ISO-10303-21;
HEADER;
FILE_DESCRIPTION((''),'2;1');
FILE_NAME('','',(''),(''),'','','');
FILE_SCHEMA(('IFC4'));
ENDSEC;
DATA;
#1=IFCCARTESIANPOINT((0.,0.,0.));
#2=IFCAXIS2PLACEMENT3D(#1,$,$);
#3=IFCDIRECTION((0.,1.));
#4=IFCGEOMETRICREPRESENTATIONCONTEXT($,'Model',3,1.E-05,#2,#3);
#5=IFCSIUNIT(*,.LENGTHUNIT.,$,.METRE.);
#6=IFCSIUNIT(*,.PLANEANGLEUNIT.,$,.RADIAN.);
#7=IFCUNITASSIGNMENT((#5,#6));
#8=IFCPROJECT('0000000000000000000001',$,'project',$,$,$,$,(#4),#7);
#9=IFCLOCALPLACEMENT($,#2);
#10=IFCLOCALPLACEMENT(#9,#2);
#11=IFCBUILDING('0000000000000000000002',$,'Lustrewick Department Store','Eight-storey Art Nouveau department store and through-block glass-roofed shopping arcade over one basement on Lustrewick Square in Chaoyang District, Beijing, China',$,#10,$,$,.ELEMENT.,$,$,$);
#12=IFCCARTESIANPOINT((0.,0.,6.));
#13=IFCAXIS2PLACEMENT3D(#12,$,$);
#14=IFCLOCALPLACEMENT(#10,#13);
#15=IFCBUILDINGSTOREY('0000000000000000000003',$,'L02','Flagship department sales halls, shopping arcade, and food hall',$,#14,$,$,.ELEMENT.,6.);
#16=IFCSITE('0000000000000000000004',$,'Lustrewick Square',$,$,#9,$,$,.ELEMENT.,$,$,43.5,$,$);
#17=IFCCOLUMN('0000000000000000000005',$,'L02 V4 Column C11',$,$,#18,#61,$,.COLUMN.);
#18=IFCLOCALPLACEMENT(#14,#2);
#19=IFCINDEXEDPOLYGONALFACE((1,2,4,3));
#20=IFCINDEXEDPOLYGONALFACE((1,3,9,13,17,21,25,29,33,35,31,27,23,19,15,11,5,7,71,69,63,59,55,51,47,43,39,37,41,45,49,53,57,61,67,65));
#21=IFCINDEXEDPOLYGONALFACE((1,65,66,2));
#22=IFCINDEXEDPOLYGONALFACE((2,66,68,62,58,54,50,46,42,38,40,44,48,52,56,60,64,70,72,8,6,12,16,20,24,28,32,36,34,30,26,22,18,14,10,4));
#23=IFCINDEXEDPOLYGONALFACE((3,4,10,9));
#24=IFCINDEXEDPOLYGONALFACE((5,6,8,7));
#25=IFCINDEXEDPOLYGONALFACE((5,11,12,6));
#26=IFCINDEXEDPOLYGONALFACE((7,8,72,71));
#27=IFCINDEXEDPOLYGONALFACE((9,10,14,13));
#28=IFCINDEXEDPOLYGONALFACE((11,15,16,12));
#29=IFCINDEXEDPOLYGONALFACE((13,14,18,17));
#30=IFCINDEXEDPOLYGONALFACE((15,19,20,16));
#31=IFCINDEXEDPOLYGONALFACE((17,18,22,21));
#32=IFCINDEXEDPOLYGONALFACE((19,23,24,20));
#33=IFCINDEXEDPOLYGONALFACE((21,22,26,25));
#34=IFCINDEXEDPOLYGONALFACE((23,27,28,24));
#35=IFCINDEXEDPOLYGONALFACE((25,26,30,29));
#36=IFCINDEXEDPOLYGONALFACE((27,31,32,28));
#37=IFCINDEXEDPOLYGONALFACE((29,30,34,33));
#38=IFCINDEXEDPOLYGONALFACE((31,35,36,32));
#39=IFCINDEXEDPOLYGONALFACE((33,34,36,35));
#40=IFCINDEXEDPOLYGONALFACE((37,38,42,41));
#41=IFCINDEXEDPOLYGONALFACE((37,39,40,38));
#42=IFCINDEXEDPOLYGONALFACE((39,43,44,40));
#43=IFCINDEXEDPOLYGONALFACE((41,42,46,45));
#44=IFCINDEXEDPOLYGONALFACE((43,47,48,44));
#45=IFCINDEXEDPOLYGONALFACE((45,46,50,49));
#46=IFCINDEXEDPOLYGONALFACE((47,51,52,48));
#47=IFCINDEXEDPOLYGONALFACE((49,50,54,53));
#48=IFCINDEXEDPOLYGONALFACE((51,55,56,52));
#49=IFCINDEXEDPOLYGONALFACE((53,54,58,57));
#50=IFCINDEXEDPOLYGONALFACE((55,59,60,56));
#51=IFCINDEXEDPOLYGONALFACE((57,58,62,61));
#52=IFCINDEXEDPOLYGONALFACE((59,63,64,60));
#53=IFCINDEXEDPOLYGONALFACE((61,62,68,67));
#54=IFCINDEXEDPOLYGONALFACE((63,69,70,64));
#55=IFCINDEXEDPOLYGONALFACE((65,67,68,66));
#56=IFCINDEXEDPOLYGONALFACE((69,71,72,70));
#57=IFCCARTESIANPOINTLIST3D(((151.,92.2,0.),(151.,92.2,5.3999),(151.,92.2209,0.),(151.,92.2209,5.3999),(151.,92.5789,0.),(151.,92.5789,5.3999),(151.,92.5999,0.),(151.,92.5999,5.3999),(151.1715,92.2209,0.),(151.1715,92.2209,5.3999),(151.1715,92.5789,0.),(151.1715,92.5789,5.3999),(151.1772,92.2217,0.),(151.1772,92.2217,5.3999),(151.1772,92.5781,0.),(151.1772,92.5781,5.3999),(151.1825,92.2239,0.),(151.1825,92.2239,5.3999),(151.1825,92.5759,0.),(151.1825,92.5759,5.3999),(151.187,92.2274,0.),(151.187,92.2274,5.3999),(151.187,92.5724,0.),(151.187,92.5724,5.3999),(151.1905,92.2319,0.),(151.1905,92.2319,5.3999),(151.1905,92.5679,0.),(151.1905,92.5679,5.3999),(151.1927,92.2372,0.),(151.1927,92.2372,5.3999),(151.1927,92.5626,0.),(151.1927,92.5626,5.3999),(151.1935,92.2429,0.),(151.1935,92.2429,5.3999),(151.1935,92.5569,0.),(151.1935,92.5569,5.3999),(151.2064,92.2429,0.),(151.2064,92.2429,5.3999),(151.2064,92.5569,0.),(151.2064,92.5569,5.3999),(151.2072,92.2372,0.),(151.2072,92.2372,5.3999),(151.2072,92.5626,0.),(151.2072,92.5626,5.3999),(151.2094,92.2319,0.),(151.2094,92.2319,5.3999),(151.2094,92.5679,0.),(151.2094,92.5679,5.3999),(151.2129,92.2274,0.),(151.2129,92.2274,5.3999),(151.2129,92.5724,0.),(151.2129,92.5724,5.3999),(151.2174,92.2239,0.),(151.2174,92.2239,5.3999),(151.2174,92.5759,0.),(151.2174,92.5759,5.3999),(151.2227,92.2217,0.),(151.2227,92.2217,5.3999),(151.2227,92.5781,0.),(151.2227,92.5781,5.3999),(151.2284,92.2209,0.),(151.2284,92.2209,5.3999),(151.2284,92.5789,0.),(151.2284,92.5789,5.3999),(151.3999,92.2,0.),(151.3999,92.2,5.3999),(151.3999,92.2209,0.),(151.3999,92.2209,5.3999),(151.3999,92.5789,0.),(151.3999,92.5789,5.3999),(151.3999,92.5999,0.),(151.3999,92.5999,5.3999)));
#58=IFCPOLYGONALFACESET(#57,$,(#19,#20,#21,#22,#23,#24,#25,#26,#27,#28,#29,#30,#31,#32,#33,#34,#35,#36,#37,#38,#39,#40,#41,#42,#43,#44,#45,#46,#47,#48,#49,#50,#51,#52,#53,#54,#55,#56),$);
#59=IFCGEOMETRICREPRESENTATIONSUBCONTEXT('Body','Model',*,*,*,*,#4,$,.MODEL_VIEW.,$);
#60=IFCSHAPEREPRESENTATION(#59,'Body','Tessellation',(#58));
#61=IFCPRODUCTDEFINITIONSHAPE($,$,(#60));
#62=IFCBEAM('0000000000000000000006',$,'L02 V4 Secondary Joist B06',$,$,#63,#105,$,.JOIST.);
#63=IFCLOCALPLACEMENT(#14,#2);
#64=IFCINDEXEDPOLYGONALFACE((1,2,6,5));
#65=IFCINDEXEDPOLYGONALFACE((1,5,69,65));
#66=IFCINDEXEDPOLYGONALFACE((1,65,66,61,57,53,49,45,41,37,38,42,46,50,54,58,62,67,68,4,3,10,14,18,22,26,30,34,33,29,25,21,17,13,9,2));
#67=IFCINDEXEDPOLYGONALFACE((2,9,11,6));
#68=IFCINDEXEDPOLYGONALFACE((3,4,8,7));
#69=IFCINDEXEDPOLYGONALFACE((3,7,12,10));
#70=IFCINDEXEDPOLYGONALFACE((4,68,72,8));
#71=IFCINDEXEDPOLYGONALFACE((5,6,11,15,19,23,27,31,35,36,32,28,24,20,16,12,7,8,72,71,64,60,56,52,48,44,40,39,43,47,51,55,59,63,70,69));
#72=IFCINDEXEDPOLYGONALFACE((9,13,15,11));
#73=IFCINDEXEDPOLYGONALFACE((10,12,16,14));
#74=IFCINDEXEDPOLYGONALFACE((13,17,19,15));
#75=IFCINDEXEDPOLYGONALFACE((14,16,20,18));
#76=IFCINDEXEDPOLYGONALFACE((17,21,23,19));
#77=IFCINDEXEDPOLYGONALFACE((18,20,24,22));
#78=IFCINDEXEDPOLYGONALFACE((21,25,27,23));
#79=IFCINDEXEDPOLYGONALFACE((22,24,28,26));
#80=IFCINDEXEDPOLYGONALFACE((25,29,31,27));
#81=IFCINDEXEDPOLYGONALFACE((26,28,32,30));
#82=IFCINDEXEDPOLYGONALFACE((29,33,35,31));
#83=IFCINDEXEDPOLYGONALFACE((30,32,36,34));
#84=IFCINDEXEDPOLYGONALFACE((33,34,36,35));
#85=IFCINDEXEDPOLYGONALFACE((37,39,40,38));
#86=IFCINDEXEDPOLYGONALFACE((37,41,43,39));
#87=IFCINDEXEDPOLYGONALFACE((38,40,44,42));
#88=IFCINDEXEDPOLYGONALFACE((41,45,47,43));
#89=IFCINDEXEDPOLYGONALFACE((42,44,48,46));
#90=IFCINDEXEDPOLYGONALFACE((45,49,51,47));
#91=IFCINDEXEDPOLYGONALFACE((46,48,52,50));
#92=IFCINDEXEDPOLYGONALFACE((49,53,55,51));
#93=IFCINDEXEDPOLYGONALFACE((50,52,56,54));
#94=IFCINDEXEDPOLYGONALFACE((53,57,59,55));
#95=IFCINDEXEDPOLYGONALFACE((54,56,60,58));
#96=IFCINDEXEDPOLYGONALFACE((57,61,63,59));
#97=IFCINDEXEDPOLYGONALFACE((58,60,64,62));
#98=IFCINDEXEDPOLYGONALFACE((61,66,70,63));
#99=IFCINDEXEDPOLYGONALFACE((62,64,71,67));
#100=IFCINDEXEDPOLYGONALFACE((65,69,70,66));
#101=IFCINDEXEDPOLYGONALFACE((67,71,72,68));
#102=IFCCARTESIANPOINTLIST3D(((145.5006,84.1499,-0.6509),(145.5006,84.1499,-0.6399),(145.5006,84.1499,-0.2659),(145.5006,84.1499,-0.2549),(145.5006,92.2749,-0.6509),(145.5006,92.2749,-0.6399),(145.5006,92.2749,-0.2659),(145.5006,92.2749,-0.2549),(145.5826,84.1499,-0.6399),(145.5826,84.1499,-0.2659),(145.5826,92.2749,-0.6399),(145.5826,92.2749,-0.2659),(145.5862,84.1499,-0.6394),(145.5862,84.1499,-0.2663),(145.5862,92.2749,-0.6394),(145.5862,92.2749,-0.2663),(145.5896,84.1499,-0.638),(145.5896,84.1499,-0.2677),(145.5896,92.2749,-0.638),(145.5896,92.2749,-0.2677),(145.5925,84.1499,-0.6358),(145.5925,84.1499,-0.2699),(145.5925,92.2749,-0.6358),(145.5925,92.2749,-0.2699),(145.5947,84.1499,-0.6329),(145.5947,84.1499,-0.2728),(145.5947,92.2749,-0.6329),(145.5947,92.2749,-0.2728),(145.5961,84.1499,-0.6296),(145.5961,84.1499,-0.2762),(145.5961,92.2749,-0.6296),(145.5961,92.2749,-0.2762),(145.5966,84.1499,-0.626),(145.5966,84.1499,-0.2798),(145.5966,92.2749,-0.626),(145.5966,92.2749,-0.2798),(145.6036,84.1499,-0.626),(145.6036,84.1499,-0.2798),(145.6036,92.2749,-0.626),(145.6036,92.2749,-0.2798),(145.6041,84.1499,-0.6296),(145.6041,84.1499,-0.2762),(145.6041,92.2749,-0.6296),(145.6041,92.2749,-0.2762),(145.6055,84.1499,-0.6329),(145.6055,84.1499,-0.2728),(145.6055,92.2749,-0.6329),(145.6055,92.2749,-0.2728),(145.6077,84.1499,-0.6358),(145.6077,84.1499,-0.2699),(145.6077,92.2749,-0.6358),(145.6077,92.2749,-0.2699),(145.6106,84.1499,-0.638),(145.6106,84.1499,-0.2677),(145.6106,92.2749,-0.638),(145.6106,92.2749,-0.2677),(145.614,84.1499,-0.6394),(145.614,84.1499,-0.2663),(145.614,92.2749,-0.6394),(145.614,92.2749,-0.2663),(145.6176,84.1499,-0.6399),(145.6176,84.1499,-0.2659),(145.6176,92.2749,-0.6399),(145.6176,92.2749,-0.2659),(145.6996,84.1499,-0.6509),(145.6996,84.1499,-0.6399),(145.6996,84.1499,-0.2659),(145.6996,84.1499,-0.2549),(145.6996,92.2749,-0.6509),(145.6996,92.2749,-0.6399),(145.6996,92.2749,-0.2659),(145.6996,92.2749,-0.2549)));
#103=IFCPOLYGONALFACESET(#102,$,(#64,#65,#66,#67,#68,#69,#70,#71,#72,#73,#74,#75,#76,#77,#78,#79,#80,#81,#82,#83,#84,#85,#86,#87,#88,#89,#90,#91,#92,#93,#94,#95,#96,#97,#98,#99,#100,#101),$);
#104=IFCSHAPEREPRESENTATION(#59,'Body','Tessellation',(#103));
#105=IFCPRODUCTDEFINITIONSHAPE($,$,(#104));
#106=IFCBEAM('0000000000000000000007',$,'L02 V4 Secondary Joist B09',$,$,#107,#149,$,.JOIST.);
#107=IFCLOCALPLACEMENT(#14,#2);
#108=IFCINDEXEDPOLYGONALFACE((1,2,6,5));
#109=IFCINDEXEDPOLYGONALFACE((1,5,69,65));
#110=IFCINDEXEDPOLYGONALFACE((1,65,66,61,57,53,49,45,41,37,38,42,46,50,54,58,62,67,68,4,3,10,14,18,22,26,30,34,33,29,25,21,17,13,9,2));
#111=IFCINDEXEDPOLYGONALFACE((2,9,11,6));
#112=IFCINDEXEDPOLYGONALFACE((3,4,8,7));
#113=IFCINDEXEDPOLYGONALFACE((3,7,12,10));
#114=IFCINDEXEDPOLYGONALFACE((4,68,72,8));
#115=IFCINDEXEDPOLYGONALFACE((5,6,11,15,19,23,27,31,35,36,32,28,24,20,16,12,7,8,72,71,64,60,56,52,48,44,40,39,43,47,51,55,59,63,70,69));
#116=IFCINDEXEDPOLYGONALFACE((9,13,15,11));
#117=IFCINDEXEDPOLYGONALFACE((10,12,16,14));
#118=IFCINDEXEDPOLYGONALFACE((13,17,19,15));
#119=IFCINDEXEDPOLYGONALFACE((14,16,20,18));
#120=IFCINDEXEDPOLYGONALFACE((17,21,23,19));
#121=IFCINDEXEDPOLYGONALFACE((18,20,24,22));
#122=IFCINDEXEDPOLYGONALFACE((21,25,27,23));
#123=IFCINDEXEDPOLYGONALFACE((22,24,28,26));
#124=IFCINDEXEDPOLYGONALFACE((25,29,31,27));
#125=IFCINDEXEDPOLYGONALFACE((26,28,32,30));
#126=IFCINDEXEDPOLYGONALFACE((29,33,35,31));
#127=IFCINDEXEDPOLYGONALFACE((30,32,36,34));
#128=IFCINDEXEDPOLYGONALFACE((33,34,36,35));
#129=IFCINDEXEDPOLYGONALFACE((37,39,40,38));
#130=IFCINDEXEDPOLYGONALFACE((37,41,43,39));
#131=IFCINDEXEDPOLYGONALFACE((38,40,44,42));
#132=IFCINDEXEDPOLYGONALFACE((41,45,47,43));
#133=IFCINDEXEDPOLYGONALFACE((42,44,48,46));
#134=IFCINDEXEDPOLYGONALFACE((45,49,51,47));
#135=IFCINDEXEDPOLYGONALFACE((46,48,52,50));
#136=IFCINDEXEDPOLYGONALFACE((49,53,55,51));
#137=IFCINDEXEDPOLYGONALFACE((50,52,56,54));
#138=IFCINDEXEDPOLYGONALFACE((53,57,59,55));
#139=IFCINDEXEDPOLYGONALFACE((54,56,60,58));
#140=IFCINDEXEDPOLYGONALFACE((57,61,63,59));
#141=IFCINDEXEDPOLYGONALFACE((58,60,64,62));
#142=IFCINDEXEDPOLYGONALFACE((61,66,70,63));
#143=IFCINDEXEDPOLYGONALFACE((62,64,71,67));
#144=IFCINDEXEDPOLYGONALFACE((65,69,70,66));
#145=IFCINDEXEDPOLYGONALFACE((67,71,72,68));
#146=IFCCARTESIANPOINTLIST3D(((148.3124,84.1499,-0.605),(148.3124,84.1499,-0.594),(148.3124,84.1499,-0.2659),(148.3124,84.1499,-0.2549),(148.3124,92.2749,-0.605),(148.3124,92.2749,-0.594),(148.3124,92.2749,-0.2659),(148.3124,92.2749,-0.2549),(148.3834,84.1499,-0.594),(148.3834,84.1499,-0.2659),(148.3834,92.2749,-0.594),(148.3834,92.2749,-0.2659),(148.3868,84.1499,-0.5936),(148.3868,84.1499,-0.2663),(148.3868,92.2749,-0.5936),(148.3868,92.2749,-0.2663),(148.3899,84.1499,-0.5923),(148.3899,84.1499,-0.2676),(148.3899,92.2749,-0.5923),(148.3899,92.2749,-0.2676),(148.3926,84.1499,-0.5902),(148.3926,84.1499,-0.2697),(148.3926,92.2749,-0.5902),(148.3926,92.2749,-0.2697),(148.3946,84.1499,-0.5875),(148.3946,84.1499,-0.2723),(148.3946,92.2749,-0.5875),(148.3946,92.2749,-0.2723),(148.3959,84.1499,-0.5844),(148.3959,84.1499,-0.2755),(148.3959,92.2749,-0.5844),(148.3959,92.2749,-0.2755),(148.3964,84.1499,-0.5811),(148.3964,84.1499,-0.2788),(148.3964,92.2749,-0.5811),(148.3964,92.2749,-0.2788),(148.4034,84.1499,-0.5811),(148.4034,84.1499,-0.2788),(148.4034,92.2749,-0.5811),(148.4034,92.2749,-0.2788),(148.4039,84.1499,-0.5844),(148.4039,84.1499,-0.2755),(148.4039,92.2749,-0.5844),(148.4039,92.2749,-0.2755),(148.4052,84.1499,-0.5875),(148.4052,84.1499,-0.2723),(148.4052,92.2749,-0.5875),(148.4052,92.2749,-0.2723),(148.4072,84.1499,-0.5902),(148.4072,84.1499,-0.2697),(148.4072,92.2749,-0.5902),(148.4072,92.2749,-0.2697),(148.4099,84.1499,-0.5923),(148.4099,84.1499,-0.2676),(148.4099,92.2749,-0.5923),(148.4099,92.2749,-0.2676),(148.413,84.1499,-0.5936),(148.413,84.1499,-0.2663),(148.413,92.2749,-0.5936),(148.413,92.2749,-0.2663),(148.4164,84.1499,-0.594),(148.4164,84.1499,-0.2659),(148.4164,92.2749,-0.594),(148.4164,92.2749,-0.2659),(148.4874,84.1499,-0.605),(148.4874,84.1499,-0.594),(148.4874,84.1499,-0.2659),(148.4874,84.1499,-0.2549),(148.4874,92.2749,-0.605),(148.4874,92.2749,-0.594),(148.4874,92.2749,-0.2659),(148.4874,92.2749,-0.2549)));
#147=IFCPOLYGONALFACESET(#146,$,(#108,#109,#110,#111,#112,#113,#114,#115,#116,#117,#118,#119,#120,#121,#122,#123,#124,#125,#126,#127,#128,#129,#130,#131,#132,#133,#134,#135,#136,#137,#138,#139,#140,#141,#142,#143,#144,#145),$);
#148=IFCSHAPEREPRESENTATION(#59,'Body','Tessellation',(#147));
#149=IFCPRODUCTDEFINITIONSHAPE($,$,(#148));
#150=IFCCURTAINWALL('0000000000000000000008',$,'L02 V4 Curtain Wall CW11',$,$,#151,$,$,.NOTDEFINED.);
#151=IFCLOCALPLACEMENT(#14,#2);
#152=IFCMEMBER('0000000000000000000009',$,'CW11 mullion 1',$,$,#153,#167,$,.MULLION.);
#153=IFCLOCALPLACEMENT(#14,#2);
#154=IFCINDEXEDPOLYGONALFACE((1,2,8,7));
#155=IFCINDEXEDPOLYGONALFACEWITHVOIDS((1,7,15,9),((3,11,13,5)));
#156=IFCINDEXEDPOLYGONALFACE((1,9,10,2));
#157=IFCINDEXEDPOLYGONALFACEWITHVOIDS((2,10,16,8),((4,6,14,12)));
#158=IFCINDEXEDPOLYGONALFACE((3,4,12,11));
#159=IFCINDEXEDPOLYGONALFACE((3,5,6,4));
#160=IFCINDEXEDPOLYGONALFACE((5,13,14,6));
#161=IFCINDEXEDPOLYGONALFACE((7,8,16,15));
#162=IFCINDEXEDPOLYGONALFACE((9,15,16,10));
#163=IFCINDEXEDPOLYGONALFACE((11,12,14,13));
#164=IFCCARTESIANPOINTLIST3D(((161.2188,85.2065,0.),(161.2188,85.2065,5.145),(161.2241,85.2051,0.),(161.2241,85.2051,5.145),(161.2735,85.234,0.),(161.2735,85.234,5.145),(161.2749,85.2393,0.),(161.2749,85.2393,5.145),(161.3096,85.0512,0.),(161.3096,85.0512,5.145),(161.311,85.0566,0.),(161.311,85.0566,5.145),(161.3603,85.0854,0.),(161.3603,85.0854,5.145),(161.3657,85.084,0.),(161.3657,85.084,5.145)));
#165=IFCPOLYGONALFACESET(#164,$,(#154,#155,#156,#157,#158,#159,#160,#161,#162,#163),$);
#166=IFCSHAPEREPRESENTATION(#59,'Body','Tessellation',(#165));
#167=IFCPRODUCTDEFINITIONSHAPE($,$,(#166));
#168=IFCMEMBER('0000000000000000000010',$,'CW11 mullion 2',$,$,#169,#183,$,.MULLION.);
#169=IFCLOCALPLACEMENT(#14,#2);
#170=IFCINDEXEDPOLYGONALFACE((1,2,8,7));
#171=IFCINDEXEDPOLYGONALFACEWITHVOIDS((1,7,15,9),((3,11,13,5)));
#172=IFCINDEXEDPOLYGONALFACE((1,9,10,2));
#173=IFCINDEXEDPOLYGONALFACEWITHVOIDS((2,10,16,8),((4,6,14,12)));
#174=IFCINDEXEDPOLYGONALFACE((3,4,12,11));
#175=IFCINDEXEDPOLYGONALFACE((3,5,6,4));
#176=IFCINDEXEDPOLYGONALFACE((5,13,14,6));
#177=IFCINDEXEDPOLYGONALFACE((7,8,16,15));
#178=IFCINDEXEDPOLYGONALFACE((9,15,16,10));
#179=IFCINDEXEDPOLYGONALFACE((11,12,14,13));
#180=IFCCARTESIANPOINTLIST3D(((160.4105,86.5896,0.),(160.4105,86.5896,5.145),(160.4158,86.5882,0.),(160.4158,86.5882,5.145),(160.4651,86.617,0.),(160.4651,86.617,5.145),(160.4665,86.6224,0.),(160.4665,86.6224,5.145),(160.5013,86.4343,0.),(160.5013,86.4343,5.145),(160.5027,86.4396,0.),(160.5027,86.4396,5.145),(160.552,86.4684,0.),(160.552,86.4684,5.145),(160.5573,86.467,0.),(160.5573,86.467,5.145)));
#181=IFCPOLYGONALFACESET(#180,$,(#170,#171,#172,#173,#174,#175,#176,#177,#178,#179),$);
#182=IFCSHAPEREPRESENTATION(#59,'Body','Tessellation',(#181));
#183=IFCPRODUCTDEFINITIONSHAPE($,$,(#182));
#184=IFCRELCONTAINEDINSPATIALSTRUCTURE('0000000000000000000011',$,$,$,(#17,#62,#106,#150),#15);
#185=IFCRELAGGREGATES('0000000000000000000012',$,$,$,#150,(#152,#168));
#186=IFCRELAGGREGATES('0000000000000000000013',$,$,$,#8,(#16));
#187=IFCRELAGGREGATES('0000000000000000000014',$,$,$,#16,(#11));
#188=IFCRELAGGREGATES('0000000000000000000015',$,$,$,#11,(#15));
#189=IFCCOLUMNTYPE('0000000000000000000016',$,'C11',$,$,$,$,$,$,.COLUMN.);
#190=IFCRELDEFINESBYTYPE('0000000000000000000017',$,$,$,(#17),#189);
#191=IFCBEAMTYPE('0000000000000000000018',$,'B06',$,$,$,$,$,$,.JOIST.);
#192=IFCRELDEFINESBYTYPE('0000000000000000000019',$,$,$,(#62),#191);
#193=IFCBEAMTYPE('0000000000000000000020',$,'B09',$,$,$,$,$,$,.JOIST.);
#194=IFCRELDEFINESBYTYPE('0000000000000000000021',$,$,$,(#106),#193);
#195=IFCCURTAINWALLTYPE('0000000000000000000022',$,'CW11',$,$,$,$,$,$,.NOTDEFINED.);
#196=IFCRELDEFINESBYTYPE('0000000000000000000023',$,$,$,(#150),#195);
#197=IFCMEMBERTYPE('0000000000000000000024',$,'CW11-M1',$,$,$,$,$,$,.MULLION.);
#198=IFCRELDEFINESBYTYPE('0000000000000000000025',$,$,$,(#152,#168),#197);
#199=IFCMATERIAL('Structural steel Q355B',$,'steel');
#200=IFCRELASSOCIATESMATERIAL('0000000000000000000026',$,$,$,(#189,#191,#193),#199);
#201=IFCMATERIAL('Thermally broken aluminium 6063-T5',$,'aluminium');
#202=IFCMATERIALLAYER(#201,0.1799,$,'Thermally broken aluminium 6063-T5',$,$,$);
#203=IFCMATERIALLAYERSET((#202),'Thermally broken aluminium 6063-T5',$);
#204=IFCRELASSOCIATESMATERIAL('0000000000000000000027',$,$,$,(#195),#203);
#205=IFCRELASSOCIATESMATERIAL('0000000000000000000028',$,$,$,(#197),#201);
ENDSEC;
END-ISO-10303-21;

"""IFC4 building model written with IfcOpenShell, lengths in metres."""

from ifc_helpers import new_model, si_unit, direction, frame, origin, origin_2d, place, context, subcontext, project, spatial, hollow_rectangle, i_section, extrude, material, layer, layer_set, material_profile, profile_set, type_object, element, aggregate, save


model = new_model("IFC4")

# Units and contexts
model_context = context("Model", 3, precision=1e-05, world=origin(), true_north=direction((0.0, 1.0)))
body_context = subcontext(model_context, "Body", "Model", "MODEL_VIEW")
ifc_project = project(units=[si_unit("LENGTHUNIT", "METRE"), si_unit("PLANEANGLEUNIT", "RADIAN")], contexts=[model_context])

# Site, building, storey
site_placement = place(None, origin())
site = spatial("IfcSite", under=ifc_project, at=site_placement, Name="Lustrewick Square", CompositionType="ELEMENT", RefElevation=43.5)
building_placement = place(site_placement, origin())
building = spatial("IfcBuilding", under=site, at=building_placement, Name="Lustrewick Department Store", Description="Eight-storey Art Nouveau department store and through-block glass-roofed shopping arcade over one basement on Lustrewick Square in Chaoyang District, Beijing, China", CompositionType="ELEMENT")
storey_placement = place(building_placement, frame((0.0, 0.0, 6.0)))
storey = spatial("IfcBuildingStorey", under=building, at=storey_placement, Name="L02", Description="Flagship department sales halls, shopping arcade, and food hall", CompositionType="ELEMENT", Elevation=6.0)

# Column
ifc_material_1 = material(Name="Structural steel Q355B", Category="steel")
ifc_material_profile_1 = material_profile(ifc_material_1, i_section(OverallWidth=0.3999, OverallDepth=0.3999, WebThickness=0.0129, FlangeThickness=0.021, FilletRadius=0.022, at=origin_2d()), Name="HW 400x400x13x21")
ifc_profile_set_1 = profile_set([ifc_material_profile_1], Name="Structural steel Q355B")
column_type = type_object("IfcColumnType", Name="C11", PredefinedType="COLUMN", material=ifc_profile_set_1)
column_placement = place(storey_placement, frame((151.2, 92.3999, 0.0), z_axis=(0.0, 0.0, 1.0), x_axis=(1.0, 0.0, 0.0)))
element("IfcColumn", 1, at=column_placement, inside=storey, type_object=column_type, Name="L02 V4 Column C11", PredefinedType="COLUMN", context=body_context, shape_type="SweptSolid", body=[
    extrude(i_section(OverallWidth=0.3999, OverallDepth=0.3999, WebThickness=0.0129, FlangeThickness=0.021, FilletRadius=0.022, at=origin_2d()), origin(), (0.0, 0.0, 1.0), 5.3999),
])

# Beams
ifc_material_profile_2 = material_profile(ifc_material_1, i_section(OverallWidth=0.199, OverallDepth=0.396, WebThickness=0.0071, FlangeThickness=0.011, FilletRadius=0.0139, at=origin_2d()), Name="HN 396x199x7x11")
ifc_profile_set_2 = profile_set([ifc_material_profile_2], Name="Structural steel Q355B")
beam_type_1 = type_object("IfcBeamType", Name="B06", PredefinedType="JOIST", material=ifc_profile_set_2)
beam_1_placement = place(storey_placement, frame((145.6001, 84.1499, -0.4529), z_axis=(0.0, 1.0, 0.0), x_axis=(-1.0, 0.0, 0.0)))
element("IfcBeam", 2, at=beam_1_placement, inside=storey, type_object=beam_type_1, Name="L02 V4 Secondary Joist B06", PredefinedType="JOIST", context=body_context, shape_type="SweptSolid", body=[
    extrude(i_section(OverallWidth=0.199, OverallDepth=0.396, WebThickness=0.0071, FlangeThickness=0.011, FilletRadius=0.0139, at=origin_2d()), origin(), (0.0, 0.0, 1.0), 8.125),
])
ifc_material_profile_3 = material_profile(ifc_material_1, i_section(OverallWidth=0.175, OverallDepth=0.3501, WebThickness=0.0071, FlangeThickness=0.011, FilletRadius=0.0129, at=origin_2d()), Name="HN 350x175x7x11")
ifc_profile_set_3 = profile_set([ifc_material_profile_3], Name="Structural steel Q355B")
beam_type_2 = type_object("IfcBeamType", Name="B09", PredefinedType="JOIST", material=ifc_profile_set_3)
beam_2_placement = place(storey_placement, frame((148.3999, 84.1499, -0.4299), z_axis=(0.0, 1.0, 0.0), x_axis=(-1.0, 0.0, 0.0)))
element("IfcBeam", 3, at=beam_2_placement, inside=storey, type_object=beam_type_2, Name="L02 V4 Secondary Joist B09", PredefinedType="JOIST", context=body_context, shape_type="SweptSolid", body=[
    extrude(i_section(OverallWidth=0.175, OverallDepth=0.3501, WebThickness=0.0071, FlangeThickness=0.011, FilletRadius=0.0129, at=origin_2d()), origin(), (0.0, 0.0, 1.0), 8.125),
])

# Curtain wall, members
ifc_material_2 = material(Name="Thermally broken aluminium 6063-T5", Category="aluminium")
ifc_layer_1 = layer(ifc_material_2, 0.1799, Name="Thermally broken aluminium 6063-T5")
ifc_layer_set_1 = layer_set([ifc_layer_1], Name="Thermally broken aluminium 6063-T5")
curtain_wall_type_1 = type_object("IfcCurtainWallType", Name="CW11", PredefinedType="NOTDEFINED", material=ifc_layer_set_1)
curtain_wall_1_placement = place(storey_placement, origin())
curtain_wall_1 = element("IfcCurtainWall", 4, at=curtain_wall_1_placement, inside=storey, type_object=curtain_wall_type_1, Name="L02 V4 Curtain Wall CW11", PredefinedType="NOTDEFINED")
ifc_material_profile_4 = material_profile(ifc_material_2, hollow_rectangle(XDim=0.0649, YDim=0.1799, WallThickness=0.0039, at=origin_2d()), Name="ALU-M 65x180x4")
ifc_profile_set_4 = profile_set([ifc_material_profile_4], Name="Thermally broken aluminium 6063-T5")
member_type_1 = type_object("IfcMemberType", Name="CW11-M1", PredefinedType="MULLION", material=ifc_profile_set_4)
member_1_placement = place(storey_placement, frame((161.2922, 85.1453, 0.0), z_axis=(0.0, 0.0, 1.0), x_axis=(-0.863328, -0.504643, 0.0)))
member_1 = element("IfcMember", 5, at=member_1_placement, type_object=member_type_1, Name="CW11 mullion 1", PredefinedType="MULLION", context=body_context, shape_type="SweptSolid", body=[
    extrude(hollow_rectangle(XDim=0.0649, YDim=0.1799, WallThickness=0.0039, at=origin_2d()), origin(), (0.0, 0.0, 1.0), 5.145),
])
member_2_placement = place(storey_placement, frame((160.4839, 86.5283, 0.0), z_axis=(0.0, 0.0, 1.0), x_axis=(-0.863328, -0.504643, 0.0)))
member_2 = element("IfcMember", 6, at=member_2_placement, type_object=member_type_1, Name="CW11 mullion 2", PredefinedType="MULLION", context=body_context, shape_type="SweptSolid", body=[
    extrude(hollow_rectangle(XDim=0.0649, YDim=0.1799, WallThickness=0.0039, at=origin_2d()), origin(), (0.0, 0.0, 1.0), 5.145),
])

aggregate(curtain_wall_1, [member_1, member_2])

save(model, "model.ifc")
